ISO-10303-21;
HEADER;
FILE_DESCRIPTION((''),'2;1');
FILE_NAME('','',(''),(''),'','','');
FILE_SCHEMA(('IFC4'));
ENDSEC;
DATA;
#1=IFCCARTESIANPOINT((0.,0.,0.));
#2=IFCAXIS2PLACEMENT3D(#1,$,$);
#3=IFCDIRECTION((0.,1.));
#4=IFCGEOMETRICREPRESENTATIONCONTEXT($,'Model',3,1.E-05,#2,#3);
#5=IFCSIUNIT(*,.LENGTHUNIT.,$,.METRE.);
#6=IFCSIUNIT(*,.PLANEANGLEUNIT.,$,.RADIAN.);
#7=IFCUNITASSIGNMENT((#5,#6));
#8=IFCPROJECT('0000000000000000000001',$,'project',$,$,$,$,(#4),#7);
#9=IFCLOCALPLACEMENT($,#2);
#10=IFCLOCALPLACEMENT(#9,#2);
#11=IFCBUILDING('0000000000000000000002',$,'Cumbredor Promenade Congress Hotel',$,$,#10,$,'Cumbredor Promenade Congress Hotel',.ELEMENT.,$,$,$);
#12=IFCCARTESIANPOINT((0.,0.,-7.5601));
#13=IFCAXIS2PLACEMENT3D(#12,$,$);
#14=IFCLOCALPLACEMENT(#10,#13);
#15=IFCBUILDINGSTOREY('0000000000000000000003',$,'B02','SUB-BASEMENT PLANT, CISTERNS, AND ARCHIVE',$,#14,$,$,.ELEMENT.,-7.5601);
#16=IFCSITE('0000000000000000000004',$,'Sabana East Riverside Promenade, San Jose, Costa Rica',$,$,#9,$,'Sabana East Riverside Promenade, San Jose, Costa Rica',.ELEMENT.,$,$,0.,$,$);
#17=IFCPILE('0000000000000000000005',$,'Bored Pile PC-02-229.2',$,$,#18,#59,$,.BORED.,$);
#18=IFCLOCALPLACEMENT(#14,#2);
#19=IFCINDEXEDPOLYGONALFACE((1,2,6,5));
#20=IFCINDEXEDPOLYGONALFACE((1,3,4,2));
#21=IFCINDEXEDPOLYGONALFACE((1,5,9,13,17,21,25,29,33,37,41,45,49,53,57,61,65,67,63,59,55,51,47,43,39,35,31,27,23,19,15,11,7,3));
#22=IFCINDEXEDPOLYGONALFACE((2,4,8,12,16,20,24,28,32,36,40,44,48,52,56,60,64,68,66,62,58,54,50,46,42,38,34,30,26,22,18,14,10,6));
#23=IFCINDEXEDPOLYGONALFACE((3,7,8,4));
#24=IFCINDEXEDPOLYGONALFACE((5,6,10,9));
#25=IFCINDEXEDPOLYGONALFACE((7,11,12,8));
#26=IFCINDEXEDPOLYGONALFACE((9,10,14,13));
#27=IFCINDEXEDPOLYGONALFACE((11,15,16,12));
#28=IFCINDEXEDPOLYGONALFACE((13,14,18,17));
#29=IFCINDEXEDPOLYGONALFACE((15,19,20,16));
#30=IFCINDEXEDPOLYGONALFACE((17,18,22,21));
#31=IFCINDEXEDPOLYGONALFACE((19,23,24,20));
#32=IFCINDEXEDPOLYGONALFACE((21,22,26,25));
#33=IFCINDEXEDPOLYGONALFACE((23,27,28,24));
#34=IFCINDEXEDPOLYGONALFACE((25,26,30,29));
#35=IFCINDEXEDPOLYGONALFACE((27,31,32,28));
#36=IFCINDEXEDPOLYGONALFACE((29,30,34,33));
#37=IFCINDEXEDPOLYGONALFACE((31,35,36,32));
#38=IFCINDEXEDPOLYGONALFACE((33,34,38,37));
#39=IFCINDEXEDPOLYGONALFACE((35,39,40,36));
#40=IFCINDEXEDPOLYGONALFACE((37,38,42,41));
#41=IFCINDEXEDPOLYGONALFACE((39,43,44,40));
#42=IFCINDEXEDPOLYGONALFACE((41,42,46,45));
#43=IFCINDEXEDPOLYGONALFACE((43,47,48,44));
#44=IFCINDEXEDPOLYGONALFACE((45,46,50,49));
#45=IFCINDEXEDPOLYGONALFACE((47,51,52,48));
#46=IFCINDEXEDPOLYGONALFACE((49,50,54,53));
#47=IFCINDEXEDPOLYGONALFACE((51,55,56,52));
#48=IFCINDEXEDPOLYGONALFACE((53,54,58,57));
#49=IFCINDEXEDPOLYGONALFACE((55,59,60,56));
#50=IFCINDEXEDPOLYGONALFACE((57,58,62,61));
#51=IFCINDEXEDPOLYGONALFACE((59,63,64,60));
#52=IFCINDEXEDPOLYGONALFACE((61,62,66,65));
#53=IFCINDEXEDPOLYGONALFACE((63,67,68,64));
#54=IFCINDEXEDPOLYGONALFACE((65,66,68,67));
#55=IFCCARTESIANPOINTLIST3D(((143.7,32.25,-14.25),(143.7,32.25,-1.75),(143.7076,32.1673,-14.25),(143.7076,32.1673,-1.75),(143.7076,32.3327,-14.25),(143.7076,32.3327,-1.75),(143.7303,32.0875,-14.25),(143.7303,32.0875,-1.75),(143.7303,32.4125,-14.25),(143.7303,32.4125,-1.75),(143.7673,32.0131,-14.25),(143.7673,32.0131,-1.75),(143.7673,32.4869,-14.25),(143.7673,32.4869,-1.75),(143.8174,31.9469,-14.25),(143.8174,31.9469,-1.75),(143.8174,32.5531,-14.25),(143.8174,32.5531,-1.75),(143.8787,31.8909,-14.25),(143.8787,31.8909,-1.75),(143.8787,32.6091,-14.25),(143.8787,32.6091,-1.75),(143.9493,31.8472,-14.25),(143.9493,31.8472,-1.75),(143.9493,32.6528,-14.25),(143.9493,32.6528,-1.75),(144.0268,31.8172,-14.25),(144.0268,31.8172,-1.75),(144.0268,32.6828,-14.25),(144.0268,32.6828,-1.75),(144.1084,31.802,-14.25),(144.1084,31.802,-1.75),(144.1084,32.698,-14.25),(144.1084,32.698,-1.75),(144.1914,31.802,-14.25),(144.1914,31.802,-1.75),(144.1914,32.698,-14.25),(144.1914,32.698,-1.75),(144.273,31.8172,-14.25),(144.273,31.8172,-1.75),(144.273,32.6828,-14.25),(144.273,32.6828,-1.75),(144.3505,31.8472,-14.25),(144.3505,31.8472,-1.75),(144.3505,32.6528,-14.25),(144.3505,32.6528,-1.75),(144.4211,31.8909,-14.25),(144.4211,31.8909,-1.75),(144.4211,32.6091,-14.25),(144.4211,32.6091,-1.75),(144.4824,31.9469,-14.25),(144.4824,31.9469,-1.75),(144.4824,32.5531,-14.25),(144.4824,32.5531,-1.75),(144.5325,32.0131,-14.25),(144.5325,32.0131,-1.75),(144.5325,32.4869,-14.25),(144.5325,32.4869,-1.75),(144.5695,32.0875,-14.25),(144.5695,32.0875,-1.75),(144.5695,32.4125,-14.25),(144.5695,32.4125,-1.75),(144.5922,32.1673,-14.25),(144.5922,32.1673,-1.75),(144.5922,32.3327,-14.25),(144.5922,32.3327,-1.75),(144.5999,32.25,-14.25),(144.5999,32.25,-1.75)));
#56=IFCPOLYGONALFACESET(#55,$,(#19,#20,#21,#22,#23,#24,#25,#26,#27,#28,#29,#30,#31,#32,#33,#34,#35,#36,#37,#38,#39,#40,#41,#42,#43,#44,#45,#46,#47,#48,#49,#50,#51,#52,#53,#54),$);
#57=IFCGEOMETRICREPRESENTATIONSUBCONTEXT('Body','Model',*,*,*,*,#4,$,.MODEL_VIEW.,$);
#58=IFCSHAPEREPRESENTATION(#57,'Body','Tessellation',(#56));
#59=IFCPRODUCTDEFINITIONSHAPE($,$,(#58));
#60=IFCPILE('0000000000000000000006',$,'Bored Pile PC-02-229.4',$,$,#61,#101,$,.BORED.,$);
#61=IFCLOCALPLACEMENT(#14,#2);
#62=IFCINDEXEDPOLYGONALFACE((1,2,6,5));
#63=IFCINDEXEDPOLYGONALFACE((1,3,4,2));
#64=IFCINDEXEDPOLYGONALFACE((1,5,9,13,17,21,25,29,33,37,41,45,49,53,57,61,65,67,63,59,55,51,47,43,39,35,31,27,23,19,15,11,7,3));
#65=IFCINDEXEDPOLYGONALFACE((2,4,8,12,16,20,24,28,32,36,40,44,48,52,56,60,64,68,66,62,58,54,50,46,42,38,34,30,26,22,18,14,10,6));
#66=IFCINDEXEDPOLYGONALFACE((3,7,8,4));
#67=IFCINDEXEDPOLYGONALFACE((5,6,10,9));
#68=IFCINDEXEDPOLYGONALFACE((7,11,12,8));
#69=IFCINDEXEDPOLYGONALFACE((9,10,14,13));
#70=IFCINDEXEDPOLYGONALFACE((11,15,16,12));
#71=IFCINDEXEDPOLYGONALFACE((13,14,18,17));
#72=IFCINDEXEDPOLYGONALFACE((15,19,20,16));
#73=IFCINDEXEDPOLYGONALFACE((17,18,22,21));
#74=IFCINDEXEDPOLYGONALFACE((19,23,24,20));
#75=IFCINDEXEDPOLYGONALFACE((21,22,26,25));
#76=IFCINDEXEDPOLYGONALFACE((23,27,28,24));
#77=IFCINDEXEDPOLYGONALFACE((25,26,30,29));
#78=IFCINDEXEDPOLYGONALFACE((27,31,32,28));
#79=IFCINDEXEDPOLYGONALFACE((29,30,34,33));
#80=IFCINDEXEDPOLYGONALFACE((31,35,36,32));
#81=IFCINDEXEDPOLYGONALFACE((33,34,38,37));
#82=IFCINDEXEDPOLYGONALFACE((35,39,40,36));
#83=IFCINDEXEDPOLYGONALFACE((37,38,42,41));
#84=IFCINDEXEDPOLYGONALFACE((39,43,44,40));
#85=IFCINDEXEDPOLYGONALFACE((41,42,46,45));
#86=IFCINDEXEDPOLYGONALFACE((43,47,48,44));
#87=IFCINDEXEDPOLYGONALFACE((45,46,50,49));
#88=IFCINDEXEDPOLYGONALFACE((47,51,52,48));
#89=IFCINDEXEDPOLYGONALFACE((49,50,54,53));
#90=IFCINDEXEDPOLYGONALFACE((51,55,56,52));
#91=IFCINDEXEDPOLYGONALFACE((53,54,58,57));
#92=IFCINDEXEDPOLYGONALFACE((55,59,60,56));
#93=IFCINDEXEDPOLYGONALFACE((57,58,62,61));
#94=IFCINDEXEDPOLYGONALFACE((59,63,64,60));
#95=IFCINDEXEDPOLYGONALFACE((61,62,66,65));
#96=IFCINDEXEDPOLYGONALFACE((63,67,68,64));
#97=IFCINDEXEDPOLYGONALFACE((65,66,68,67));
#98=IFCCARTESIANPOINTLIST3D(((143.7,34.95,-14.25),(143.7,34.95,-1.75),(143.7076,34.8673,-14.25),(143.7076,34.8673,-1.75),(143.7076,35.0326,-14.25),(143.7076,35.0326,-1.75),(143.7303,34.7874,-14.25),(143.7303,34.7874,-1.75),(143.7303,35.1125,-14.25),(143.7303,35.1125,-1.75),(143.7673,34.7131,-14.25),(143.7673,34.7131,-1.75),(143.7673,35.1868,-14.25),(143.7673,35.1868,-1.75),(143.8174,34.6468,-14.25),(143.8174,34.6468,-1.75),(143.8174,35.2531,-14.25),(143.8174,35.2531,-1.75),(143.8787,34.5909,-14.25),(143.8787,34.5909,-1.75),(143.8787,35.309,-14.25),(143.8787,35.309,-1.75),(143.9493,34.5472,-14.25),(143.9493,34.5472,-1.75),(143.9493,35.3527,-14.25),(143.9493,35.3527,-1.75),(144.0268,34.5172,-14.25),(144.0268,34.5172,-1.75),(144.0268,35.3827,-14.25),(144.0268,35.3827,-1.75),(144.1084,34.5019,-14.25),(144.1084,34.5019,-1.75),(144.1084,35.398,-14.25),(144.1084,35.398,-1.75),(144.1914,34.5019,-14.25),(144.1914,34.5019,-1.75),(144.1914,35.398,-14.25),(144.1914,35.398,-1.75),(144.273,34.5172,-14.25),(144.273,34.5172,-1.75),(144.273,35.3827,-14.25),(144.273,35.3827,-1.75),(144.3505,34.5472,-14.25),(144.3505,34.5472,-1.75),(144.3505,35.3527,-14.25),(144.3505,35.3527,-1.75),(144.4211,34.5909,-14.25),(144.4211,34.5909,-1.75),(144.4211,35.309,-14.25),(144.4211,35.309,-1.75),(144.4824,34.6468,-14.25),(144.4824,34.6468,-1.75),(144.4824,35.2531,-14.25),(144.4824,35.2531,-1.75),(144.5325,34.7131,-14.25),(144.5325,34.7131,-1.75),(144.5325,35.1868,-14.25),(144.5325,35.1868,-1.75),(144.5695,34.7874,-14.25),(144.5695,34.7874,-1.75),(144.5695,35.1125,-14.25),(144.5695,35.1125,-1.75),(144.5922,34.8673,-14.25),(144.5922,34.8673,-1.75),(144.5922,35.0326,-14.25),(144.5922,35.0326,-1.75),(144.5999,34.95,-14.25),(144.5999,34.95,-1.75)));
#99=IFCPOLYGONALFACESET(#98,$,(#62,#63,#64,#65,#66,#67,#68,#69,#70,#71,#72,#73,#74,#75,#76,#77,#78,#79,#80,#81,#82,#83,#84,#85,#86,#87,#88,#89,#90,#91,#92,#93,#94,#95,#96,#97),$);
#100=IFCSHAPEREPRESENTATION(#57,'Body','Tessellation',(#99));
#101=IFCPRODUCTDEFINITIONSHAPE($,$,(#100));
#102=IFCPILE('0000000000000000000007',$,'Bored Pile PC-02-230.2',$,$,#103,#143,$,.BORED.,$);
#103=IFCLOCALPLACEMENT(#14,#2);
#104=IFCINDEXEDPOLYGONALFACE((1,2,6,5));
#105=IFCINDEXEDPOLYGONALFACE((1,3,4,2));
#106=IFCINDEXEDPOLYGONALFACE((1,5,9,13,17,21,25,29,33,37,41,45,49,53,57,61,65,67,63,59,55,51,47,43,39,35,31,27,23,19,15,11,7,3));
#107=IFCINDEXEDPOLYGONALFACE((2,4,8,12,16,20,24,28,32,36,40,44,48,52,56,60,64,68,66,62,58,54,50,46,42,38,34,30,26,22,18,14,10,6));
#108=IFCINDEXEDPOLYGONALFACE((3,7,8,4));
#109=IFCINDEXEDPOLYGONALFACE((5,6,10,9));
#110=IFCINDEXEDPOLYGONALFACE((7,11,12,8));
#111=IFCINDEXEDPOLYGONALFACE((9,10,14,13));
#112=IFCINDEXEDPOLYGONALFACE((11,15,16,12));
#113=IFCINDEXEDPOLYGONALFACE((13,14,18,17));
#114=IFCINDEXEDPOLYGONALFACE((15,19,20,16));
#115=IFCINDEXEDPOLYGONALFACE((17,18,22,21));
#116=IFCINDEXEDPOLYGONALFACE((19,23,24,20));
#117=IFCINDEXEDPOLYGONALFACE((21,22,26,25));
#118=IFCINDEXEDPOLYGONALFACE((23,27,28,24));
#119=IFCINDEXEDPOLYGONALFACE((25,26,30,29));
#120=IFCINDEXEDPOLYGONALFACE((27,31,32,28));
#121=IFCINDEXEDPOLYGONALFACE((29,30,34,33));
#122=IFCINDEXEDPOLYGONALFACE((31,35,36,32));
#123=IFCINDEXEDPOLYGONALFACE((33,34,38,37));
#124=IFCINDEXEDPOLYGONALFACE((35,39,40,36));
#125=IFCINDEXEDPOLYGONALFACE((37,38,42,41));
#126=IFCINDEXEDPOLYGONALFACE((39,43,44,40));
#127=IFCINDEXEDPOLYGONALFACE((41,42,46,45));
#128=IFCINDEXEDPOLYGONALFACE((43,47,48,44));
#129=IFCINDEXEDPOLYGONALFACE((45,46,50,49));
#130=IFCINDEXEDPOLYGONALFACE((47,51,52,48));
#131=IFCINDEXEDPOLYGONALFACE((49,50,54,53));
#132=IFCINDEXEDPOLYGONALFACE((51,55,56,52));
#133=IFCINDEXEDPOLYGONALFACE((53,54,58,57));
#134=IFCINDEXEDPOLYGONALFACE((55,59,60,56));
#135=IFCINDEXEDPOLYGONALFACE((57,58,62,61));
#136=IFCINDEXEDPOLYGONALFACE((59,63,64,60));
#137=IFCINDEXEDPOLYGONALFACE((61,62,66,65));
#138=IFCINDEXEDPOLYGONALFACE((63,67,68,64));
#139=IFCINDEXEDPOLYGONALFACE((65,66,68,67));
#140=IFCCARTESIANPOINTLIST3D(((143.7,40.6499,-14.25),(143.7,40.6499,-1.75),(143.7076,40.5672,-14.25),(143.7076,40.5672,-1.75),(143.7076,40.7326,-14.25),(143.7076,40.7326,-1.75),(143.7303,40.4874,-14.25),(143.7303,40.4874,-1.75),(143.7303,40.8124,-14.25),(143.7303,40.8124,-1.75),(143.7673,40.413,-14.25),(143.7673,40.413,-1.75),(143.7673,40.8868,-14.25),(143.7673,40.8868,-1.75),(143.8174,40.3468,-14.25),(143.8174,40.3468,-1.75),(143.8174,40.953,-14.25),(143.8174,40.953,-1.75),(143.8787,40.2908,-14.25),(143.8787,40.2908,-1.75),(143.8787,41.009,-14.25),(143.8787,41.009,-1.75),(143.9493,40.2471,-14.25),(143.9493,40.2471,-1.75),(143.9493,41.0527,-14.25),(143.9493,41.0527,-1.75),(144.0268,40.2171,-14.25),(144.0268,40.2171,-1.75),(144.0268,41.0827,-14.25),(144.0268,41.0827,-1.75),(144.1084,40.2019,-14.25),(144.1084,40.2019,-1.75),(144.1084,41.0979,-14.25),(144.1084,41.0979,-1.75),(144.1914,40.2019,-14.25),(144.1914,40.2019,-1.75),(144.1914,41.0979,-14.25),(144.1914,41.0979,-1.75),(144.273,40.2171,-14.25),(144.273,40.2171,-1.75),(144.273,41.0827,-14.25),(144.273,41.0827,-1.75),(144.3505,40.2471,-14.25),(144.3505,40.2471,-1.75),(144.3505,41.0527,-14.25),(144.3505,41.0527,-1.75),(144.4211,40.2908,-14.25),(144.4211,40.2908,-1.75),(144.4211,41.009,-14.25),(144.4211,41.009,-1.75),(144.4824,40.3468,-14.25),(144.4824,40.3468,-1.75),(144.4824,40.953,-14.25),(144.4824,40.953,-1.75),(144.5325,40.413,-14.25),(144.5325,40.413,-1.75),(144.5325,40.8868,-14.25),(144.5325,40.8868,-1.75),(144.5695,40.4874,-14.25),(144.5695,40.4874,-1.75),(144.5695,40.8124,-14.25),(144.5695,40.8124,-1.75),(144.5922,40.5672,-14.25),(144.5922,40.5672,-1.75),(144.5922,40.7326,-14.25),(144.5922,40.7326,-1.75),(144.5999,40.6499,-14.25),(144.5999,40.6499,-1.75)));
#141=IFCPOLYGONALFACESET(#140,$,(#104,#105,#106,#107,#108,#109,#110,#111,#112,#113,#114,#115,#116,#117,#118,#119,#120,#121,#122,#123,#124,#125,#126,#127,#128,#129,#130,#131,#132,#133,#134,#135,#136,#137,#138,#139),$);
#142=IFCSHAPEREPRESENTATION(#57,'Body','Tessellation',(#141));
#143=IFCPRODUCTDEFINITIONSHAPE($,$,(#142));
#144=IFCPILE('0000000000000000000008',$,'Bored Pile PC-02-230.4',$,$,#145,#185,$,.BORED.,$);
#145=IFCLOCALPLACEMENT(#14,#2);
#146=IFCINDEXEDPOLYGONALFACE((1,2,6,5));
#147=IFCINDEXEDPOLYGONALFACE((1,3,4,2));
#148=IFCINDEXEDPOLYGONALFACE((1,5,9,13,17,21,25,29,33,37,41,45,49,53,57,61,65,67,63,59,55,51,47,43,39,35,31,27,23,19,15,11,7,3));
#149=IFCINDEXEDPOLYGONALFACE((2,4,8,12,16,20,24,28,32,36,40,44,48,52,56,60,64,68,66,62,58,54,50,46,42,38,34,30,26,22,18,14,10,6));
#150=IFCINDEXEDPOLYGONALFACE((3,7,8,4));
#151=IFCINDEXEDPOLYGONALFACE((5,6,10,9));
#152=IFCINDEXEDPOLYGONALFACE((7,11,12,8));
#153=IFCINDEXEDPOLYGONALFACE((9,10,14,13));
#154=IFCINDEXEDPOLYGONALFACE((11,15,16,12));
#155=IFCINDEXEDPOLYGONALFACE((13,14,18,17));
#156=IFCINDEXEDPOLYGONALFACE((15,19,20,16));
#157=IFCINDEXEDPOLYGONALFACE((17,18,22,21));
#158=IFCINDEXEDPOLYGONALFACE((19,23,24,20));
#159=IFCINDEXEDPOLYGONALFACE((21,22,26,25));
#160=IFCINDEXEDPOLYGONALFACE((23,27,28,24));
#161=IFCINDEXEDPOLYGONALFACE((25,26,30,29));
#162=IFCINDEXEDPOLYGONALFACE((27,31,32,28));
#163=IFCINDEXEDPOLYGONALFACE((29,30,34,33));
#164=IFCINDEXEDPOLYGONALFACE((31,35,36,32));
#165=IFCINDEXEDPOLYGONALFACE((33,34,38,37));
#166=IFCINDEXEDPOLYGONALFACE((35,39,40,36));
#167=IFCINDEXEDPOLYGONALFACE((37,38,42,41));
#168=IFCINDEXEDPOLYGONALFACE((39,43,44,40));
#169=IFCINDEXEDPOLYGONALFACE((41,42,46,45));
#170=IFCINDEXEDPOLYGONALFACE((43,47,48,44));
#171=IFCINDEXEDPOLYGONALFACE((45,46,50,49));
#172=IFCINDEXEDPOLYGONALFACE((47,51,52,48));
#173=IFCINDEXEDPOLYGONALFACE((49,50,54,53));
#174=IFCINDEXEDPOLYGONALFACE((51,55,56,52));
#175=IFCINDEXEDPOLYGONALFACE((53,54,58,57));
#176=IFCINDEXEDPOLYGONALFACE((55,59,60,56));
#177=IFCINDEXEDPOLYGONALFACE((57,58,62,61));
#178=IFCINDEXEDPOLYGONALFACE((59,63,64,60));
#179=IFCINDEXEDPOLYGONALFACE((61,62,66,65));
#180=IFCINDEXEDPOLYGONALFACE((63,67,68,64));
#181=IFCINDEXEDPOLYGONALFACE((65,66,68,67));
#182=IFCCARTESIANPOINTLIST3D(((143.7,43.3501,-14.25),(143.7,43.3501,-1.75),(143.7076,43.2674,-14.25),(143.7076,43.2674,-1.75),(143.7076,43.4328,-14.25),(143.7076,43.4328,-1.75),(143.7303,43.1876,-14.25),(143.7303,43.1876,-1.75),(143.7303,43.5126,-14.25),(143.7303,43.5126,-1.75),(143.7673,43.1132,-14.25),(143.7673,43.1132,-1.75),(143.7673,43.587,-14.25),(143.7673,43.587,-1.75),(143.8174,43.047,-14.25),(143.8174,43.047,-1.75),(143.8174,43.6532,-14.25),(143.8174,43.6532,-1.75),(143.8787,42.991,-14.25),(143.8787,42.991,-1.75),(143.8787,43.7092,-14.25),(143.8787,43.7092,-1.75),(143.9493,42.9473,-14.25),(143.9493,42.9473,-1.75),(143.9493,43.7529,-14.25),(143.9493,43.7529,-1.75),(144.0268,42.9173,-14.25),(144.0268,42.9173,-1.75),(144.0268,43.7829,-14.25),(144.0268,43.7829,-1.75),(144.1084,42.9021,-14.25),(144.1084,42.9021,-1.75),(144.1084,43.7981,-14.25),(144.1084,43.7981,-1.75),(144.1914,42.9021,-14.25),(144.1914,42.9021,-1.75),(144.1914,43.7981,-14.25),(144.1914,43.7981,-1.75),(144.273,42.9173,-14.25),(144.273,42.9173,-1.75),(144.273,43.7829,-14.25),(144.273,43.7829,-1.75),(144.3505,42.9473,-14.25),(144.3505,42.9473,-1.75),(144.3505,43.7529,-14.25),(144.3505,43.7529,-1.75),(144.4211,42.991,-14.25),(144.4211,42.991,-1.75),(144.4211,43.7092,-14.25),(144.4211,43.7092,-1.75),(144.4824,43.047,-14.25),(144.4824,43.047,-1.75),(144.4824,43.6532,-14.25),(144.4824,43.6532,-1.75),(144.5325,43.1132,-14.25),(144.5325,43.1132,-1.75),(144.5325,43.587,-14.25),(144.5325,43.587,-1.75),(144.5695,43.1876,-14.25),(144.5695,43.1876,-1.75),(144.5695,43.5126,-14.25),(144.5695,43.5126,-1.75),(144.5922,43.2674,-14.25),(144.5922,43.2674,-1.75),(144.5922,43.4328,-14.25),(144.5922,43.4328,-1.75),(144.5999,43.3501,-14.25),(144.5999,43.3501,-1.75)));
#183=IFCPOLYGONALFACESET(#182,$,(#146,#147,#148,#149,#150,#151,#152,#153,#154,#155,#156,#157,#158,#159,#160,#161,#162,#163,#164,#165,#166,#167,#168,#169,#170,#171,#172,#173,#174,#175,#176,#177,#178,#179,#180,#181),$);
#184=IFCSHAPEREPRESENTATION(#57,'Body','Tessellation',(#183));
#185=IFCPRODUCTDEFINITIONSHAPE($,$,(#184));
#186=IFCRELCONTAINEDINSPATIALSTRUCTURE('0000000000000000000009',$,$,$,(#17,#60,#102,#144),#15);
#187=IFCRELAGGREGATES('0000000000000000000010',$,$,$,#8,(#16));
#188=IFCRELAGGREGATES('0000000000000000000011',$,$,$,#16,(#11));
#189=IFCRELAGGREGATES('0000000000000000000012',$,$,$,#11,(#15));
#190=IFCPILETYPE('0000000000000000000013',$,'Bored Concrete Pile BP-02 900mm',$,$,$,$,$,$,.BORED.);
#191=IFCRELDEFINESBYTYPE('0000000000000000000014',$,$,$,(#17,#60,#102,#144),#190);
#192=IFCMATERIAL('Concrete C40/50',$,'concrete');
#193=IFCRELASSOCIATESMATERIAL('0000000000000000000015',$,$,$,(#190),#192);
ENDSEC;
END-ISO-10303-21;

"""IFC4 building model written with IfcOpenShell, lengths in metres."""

from ifc_helpers import new_model, si_unit, direction, frame, origin, origin_2d, place, context, subcontext, project, spatial, circle, extrude, material, material_profile, profile_set, type_object, element, save


model = new_model("IFC4")

# Units and contexts
model_context = context("Model", 3, precision=1e-05, world=origin(), true_north=direction((0.0, 1.0)))
body_context = subcontext(model_context, "Body", "Model", "MODEL_VIEW")
ifc_project = project(units=[si_unit("LENGTHUNIT", "METRE"), si_unit("PLANEANGLEUNIT", "RADIAN")], contexts=[model_context])

# Site, building, storey
site_placement = place(None, origin())
site = spatial("IfcSite", under=ifc_project, at=site_placement, Name="Sabana East Riverside Promenade, San Jose, Costa Rica", LongName="Sabana East Riverside Promenade, San Jose, Costa Rica", CompositionType="ELEMENT", RefElevation=0.0)
building_placement = place(site_placement, origin())
building = spatial("IfcBuilding", under=site, at=building_placement, Name="Cumbredor Promenade Congress Hotel", LongName="Cumbredor Promenade Congress Hotel", CompositionType="ELEMENT")
storey_placement = place(building_placement, frame((0.0, 0.0, -7.5601)))
storey = spatial("IfcBuildingStorey", under=building, at=storey_placement, Name="B02", Description="SUB-BASEMENT PLANT, CISTERNS, AND ARCHIVE", CompositionType="ELEMENT", Elevation=-7.5601)

# Piles
ifc_material_1 = material(Name="Concrete C40/50", Category="concrete")
ifc_material_profile_1 = material_profile(ifc_material_1, circle(Radius=0.45, at=origin_2d()), Name="PILE D900")
ifc_profile_set_1 = profile_set([ifc_material_profile_1], Name="Concrete C40/50")
pile_type = type_object("IfcPileType", Name="Bored Concrete Pile BP-02 900mm", PredefinedType="BORED", material=ifc_profile_set_1)
for number, where, z_axis, x_axis, name in (
    (1, (144.1499, 32.25, -1.75), (0.0, 0.0, -1.0), (1.0, 0.0, 0.0), "Bored Pile PC-02-229.2"),
    (2, (144.1499, 34.95, -1.75), (0.0, 0.0, -1.0), (1.0, 0.0, 0.0), "Bored Pile PC-02-229.4"),
    (3, (144.1499, 40.6499, -1.75), (0.0, 0.0, -1.0), (1.0, 0.0, 0.0), "Bored Pile PC-02-230.2"),
    (4, (144.1499, 43.3501, -1.75), (0.0, 0.0, -1.0), (1.0, 0.0, 0.0), "Bored Pile PC-02-230.4"),
):
    element("IfcPile", number, at=place(storey_placement, frame(where, z_axis=z_axis, x_axis=x_axis)), inside=storey, type_object=pile_type, Name=name, PredefinedType="BORED", context=body_context, shape_type="SweptSolid", body=[
        extrude(circle(Radius=0.45, at=origin_2d()), origin(), (0.0, 0.0, 1.0), 12.5),
    ])

save(model, "model.ifc")
